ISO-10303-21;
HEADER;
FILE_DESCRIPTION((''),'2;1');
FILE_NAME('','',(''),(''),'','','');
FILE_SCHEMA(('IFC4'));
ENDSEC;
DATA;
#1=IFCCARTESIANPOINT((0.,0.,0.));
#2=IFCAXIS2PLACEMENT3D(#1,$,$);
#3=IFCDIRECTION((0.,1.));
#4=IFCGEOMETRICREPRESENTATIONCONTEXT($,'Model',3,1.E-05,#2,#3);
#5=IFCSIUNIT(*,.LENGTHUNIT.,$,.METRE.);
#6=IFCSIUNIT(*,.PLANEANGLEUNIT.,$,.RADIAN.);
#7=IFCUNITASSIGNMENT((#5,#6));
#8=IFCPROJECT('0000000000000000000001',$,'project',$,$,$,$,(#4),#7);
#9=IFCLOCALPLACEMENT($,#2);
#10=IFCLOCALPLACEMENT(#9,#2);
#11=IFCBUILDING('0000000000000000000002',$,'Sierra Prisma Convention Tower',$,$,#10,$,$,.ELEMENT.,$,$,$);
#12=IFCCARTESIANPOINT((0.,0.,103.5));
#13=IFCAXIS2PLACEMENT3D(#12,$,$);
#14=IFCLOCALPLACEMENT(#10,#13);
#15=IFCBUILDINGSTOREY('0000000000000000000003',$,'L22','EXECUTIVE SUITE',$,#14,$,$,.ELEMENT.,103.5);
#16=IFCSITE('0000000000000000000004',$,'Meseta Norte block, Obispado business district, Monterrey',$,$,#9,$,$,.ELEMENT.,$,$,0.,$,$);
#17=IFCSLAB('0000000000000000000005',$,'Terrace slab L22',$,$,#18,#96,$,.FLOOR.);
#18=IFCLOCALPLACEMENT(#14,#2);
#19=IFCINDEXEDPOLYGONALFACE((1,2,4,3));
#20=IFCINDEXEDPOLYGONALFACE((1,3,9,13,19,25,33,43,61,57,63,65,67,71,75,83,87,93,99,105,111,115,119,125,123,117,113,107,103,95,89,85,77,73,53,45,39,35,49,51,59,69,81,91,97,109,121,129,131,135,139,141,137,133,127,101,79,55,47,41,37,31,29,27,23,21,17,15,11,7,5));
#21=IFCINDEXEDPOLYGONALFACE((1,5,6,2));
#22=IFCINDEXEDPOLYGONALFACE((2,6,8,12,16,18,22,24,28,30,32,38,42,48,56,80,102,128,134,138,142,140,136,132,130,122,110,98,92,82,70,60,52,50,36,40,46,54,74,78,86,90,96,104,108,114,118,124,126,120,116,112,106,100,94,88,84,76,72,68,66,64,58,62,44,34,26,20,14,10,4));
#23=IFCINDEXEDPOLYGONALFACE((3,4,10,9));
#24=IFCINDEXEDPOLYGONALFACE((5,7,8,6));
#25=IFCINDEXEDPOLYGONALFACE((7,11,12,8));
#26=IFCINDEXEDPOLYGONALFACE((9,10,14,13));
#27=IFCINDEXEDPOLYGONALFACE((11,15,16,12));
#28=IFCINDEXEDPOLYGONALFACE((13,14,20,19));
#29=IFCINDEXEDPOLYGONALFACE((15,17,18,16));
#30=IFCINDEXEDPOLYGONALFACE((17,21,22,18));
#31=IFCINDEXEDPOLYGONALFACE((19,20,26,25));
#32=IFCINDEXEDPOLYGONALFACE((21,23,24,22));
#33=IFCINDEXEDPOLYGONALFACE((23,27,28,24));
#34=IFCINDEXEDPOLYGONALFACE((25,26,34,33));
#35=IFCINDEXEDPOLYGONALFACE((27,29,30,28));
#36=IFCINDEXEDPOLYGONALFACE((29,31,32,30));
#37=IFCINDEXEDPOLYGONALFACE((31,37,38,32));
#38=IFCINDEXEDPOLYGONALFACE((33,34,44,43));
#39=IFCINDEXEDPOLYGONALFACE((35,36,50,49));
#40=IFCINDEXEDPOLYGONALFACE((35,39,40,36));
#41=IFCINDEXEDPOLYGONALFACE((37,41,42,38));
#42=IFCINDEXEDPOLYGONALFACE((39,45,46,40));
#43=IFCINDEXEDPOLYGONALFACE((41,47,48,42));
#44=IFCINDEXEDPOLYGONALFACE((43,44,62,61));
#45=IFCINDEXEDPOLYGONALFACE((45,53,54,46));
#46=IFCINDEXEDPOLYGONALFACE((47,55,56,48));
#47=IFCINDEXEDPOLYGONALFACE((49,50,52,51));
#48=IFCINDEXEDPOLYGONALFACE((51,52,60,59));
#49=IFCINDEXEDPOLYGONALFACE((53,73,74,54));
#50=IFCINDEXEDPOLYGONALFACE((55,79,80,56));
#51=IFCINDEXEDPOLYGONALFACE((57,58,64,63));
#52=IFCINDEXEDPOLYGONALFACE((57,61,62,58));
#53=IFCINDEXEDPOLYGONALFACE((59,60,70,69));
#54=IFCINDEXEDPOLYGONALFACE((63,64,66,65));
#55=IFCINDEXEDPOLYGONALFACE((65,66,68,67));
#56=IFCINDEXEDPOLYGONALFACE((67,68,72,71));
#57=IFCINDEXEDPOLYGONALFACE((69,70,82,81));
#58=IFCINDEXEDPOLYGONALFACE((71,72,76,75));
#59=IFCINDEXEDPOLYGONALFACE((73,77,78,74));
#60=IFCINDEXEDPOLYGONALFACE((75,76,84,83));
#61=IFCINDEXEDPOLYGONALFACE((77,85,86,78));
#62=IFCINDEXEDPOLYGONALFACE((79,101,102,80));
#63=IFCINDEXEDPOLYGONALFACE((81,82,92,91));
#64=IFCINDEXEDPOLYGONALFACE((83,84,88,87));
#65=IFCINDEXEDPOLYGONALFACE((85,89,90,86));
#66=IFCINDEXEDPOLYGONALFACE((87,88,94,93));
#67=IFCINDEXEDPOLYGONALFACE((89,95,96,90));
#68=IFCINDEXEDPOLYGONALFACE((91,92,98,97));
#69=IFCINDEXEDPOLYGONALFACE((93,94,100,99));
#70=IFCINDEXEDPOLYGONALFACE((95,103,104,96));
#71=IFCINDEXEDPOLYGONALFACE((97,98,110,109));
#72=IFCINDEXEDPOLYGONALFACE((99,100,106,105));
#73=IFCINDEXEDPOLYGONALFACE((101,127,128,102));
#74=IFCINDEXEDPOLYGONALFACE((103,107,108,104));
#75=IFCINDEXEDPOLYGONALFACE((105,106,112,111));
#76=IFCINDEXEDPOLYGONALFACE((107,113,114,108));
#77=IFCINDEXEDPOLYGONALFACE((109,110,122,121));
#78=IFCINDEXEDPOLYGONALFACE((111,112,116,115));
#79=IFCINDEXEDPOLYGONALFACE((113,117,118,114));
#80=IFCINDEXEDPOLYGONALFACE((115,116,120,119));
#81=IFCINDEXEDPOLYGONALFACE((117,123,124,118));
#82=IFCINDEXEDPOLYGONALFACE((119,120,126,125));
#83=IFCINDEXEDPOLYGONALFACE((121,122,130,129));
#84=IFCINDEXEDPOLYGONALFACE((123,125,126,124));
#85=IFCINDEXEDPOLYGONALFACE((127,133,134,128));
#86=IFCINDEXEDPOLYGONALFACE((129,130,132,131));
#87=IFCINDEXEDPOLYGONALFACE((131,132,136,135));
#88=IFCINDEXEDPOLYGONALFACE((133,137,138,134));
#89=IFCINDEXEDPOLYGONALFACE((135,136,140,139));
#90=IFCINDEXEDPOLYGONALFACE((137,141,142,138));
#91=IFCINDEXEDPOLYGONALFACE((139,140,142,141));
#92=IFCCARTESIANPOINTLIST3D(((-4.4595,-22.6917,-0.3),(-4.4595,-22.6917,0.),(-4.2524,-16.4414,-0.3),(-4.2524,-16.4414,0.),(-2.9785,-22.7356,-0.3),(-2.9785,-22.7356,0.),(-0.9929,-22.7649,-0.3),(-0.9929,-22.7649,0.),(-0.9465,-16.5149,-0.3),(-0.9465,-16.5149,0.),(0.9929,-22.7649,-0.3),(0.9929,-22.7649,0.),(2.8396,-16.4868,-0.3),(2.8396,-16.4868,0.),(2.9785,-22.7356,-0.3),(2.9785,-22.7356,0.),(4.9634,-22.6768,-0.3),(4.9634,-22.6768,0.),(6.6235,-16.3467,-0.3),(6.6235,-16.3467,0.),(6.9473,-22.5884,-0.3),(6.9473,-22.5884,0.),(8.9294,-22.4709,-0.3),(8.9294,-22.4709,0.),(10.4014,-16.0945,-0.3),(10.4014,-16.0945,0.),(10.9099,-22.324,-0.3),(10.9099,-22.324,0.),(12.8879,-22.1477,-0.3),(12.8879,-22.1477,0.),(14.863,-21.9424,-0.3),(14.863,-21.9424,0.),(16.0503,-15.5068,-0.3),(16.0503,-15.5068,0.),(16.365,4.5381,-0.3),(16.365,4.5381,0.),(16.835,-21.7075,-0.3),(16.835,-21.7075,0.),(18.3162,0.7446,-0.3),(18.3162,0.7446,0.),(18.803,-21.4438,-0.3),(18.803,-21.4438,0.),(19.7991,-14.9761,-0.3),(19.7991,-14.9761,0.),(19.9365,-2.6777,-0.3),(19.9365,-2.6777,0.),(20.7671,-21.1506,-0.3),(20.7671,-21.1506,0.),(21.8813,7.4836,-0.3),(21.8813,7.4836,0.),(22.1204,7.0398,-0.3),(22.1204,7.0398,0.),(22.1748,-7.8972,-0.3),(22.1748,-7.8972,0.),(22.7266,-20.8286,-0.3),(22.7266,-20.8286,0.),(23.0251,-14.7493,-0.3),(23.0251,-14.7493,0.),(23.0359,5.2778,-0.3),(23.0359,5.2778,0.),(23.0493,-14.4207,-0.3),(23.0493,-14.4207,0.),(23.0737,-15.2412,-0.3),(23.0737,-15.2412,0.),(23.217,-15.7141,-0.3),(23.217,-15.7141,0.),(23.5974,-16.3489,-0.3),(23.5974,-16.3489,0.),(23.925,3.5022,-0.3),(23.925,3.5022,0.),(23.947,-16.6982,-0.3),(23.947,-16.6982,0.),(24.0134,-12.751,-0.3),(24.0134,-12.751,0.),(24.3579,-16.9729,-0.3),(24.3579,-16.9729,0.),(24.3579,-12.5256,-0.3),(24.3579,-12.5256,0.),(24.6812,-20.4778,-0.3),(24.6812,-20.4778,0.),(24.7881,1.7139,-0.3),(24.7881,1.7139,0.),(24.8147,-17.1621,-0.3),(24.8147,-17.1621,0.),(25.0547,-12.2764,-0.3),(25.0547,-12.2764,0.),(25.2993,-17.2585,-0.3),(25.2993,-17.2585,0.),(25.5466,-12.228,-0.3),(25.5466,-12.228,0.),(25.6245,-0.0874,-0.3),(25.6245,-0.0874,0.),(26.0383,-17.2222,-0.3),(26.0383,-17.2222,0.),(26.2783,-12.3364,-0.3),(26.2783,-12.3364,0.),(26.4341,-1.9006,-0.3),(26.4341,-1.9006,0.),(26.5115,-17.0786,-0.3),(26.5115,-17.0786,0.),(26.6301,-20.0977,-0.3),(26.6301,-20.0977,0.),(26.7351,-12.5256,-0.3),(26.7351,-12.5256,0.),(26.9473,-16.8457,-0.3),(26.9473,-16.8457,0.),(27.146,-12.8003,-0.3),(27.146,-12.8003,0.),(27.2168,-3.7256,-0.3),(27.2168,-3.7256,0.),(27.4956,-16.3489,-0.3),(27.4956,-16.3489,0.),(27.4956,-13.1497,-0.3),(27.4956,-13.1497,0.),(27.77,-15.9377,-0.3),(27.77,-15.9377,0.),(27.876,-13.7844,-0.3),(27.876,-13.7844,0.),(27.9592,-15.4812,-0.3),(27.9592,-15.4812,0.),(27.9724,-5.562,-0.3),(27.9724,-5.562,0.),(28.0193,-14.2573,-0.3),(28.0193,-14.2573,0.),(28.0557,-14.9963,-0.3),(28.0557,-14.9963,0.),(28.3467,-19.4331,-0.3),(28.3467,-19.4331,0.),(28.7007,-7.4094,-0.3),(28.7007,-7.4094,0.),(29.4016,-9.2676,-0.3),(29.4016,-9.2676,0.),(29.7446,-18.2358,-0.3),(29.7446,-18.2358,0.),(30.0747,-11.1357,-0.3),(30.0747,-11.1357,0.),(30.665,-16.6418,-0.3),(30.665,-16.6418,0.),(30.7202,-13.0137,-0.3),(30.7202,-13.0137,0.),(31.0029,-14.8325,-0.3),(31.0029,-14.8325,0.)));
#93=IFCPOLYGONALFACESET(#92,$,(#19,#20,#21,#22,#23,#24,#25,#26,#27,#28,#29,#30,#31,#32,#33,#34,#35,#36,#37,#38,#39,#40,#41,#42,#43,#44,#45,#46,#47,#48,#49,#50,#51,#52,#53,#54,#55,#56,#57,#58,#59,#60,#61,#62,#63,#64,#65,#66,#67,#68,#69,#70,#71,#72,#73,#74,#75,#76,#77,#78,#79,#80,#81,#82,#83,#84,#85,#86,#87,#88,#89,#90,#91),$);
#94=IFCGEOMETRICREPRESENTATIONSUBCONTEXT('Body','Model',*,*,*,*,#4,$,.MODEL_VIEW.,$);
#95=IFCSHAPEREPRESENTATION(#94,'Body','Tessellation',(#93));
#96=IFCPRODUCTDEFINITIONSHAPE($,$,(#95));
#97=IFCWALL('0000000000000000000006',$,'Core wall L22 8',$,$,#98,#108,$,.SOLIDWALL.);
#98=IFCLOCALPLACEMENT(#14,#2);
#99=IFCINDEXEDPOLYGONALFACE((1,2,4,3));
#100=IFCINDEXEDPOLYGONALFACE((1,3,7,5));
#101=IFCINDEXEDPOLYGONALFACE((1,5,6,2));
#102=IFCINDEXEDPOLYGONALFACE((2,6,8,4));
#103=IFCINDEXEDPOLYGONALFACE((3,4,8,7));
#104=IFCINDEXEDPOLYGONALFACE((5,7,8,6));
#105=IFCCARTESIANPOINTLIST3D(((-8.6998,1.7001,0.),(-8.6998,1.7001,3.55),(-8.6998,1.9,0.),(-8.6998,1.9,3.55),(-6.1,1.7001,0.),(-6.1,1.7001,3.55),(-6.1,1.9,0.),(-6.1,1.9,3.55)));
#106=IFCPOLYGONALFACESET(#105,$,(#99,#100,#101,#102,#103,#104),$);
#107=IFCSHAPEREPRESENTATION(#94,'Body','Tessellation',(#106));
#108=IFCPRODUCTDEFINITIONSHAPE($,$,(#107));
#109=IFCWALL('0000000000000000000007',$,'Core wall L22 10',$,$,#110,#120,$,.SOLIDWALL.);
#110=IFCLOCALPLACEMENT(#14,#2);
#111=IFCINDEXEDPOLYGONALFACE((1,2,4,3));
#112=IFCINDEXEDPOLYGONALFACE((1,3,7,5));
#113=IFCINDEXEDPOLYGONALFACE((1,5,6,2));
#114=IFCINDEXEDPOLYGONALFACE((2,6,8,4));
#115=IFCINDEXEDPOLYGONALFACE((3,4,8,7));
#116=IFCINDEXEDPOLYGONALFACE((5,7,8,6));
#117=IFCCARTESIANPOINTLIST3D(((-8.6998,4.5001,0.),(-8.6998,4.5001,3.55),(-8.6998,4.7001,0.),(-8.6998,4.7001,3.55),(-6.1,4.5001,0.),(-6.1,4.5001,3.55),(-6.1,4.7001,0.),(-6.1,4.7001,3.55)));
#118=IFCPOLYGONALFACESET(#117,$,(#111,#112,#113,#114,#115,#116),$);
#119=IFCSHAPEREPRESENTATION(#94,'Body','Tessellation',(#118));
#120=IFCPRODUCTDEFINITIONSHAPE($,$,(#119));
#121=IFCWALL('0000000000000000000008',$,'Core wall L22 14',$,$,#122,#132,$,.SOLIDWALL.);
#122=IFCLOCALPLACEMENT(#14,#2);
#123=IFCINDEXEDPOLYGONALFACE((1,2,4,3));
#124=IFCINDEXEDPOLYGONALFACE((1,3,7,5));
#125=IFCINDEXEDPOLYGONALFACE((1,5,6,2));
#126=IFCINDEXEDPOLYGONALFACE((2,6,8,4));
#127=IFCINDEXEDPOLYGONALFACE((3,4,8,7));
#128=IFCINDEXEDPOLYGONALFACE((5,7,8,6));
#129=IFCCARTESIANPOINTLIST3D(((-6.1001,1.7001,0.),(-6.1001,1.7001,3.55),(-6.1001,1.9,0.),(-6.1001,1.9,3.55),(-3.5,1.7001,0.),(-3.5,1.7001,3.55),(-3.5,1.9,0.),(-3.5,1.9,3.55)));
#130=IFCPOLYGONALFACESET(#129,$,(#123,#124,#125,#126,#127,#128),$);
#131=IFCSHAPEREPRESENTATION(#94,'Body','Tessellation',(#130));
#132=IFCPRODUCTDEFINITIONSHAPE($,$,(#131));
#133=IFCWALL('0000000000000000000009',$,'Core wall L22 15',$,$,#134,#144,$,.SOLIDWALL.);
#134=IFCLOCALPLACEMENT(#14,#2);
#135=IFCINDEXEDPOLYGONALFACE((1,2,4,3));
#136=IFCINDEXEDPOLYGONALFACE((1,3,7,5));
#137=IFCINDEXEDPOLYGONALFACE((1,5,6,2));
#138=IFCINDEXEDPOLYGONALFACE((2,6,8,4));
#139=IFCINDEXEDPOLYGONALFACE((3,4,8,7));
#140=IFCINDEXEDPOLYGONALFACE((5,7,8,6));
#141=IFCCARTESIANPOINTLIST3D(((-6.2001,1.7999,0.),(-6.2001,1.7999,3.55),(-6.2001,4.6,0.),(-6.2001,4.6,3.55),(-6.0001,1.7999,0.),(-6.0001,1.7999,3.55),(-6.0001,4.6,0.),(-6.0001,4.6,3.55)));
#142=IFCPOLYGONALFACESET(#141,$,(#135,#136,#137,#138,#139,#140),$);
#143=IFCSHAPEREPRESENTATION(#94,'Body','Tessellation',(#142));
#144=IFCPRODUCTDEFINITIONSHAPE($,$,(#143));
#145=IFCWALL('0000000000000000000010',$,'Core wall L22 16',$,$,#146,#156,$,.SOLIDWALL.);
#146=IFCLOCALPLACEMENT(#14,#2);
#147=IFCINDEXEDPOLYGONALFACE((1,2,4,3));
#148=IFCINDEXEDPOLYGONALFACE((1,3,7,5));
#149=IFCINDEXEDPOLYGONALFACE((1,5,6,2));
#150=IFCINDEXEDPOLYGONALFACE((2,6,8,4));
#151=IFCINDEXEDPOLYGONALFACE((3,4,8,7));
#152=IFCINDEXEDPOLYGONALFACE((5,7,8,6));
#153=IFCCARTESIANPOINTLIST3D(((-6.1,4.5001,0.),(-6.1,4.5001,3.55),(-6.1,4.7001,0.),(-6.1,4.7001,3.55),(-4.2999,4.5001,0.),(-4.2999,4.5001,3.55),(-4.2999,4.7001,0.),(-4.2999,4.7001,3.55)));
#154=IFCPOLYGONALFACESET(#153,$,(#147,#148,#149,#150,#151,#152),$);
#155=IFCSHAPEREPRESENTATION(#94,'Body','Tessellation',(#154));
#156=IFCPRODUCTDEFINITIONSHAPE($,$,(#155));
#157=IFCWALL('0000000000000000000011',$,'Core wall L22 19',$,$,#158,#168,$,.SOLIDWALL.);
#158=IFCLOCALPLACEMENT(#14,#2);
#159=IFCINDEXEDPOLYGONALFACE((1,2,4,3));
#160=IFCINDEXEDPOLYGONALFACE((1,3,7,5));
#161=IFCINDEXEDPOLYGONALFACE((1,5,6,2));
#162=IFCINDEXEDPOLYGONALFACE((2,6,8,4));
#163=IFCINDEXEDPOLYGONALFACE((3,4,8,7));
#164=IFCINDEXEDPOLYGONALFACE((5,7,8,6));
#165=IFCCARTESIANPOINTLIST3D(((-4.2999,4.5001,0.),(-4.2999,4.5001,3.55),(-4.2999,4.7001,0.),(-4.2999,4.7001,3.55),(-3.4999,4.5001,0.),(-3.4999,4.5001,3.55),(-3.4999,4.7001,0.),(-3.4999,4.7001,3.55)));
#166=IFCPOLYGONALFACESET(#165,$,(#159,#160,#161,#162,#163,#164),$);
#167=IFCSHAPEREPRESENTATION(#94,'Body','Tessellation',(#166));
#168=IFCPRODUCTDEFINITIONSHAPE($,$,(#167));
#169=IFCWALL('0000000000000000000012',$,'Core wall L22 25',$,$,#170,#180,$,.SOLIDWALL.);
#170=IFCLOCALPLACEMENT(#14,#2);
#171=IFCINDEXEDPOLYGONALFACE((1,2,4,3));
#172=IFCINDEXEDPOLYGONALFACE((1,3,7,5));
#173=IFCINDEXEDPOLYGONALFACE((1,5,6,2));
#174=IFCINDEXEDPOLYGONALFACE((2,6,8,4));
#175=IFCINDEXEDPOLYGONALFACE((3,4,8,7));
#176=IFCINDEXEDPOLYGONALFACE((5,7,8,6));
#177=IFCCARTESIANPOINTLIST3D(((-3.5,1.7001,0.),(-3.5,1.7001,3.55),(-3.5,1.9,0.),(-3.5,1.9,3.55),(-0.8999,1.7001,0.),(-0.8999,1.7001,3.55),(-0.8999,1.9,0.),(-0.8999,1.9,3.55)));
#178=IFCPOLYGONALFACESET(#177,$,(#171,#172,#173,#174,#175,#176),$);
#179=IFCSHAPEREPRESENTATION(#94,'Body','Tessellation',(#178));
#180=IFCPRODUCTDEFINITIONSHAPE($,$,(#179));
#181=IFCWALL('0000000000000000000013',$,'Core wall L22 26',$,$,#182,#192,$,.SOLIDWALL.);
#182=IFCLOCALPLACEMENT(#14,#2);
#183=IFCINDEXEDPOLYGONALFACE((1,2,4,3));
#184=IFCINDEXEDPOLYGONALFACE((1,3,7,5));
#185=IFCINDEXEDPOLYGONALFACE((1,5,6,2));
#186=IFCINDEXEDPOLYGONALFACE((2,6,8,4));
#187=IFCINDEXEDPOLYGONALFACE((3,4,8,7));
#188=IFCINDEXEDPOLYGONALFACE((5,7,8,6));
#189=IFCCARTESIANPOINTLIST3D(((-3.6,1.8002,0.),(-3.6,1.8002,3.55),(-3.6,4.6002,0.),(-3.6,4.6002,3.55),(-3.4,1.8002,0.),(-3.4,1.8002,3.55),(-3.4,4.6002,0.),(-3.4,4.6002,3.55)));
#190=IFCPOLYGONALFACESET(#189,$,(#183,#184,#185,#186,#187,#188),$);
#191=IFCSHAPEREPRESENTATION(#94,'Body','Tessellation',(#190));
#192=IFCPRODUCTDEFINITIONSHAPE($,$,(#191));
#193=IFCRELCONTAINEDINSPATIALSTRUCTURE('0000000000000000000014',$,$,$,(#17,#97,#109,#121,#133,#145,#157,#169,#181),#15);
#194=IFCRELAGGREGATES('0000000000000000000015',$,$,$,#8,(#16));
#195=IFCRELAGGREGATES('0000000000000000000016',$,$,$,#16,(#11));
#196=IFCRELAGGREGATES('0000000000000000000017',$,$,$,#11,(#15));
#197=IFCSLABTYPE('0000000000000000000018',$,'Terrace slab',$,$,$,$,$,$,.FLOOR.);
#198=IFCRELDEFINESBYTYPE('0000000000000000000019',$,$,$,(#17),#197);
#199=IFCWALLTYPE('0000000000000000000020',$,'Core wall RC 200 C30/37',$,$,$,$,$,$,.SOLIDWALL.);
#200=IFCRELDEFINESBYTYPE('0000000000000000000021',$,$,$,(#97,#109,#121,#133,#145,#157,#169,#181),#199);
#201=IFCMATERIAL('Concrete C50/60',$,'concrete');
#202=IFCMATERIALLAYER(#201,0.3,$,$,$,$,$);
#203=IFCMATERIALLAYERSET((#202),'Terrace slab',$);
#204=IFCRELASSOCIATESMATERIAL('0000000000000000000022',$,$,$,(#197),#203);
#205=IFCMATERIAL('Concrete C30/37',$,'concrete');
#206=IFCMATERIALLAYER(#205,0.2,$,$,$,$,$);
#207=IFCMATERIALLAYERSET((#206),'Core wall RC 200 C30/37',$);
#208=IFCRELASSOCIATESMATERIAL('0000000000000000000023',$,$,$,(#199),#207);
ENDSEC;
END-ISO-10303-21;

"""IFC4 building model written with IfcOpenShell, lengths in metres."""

from ifc_helpers import new_model, si_unit, direction, frame, frame_2d, origin, place, context, subcontext, project, spatial, polyline, rectangle, outline, extrude, material, layer, layer_set, type_object, element, save


model = new_model("IFC4")

# Units and contexts
model_context = context("Model", 3, precision=1e-05, world=origin(), true_north=direction((0.0, 1.0)))
body_context = subcontext(model_context, "Body", "Model", "MODEL_VIEW")
ifc_project = project(units=[si_unit("LENGTHUNIT", "METRE"), si_unit("PLANEANGLEUNIT", "RADIAN")], contexts=[model_context])

# Site, building, storey
site_placement = place(None, origin())
site = spatial("IfcSite", under=ifc_project, at=site_placement, Name="Meseta Norte block, Obispado business district, Monterrey", CompositionType="ELEMENT", RefElevation=0.0)
building_placement = place(site_placement, origin())
building = spatial("IfcBuilding", under=site, at=building_placement, Name="Sierra Prisma Convention Tower", CompositionType="ELEMENT")
storey_placement = place(building_placement, frame((0.0, 0.0, 103.5)))
storey = spatial("IfcBuildingStorey", under=building, at=storey_placement, Name="L22", Description="EXECUTIVE SUITE", CompositionType="ELEMENT", Elevation=103.5)

# Slab
ifc_material_1 = material(Name="Concrete C50/60", Category="concrete")
ifc_layer_1 = layer(ifc_material_1, 0.3)
ifc_layer_set_1 = layer_set([ifc_layer_1], Name="Terrace slab")
slab_type_1 = type_object("IfcSlabType", Name="Terrace slab", PredefinedType="FLOOR", material=ifc_layer_set_1)
slab_1_placement = place(storey_placement, frame((0.0, 0.0, -0.3)))
element("IfcSlab", 1, at=slab_1_placement, inside=storey, type_object=slab_type_1, Name="Terrace slab L22", PredefinedType="FLOOR", context=body_context, shape_type="SweptSolid", body=[
    extrude(outline(polyline([(-4.4595, -22.6917), (-2.9785, -22.7356), (-0.9929, -22.7649), (0.9929, -22.7649), (2.9785, -22.7356), (4.9634, -22.6768), (6.9473, -22.5884), (8.9294, -22.4709), (10.9099, -22.324), (12.8879, -22.1477), (14.863, -21.9424), (16.835, -21.7075), (18.803, -21.4438), (20.7671, -21.1506), (22.7266, -20.8286), (24.6812, -20.4778), (26.6301, -20.0977), (28.3467, -19.4331), (29.7446, -18.2358), (30.665, -16.6418), (31.0029, -14.8325), (30.7202, -13.0137), (30.0747, -11.1357), (29.4016, -9.2676), (28.7007, -7.4094), (27.9724, -5.562), (27.2168, -3.7256), (26.4341, -1.9006), (25.6245, -0.0874), (24.7881, 1.7139), (23.925, 3.5022), (23.0359, 5.2778), (22.1204, 7.0398), (21.8813, 7.4836), (16.365, 4.5381), (18.3162, 0.7446), (19.9365, -2.6777), (22.1748, -7.8972), (24.0134, -12.751), (24.3579, -12.5256), (25.0547, -12.2764), (25.5466, -12.228), (26.2783, -12.3364), (26.7351, -12.5256), (27.146, -12.8003), (27.4956, -13.1497), (27.876, -13.7844), (28.0193, -14.2573), (28.0557, -14.9963), (27.9592, -15.4812), (27.77, -15.9377), (27.4956, -16.3489), (26.9473, -16.8457), (26.5115, -17.0786), (26.0383, -17.2222), (25.2993, -17.2585), (24.8147, -17.1621), (24.3579, -16.9729), (23.947, -16.6982), (23.5974, -16.3489), (23.217, -15.7141), (23.0737, -15.2412), (23.0251, -14.7493), (23.0493, -14.4207), (19.7991, -14.9761), (16.0503, -15.5068), (10.4014, -16.0945), (6.6235, -16.3467), (2.8396, -16.4868), (-0.9465, -16.5149), (-4.2524, -16.4414), (-4.4595, -22.6917)])), origin(), (0.0, 0.0, 1.0), 0.3),
])

# Walls
ifc_material_2 = material(Name="Concrete C30/37", Category="concrete")
ifc_layer_2 = layer(ifc_material_2, 0.2)
ifc_layer_set_2 = layer_set([ifc_layer_2], Name="Core wall RC 200 C30/37")
wall_type = type_object("IfcWallType", Name="Core wall RC 200 C30/37", PredefinedType="SOLIDWALL", material=ifc_layer_set_2)
for number, where, z_axis, x_axis, name in (
    (2, (-6.1001, 1.8, 0.0), (0.0, 0.0, 1.0), (-1.0, 0.0, 0.0), "Core wall L22 8"),
    (3, (-6.1001, 4.6001, 0.0), (0.0, 0.0, 1.0), (-1.0, 0.0, 0.0), "Core wall L22 10"),
):
    element("IfcWall", number, at=place(storey_placement, frame(where, z_axis=z_axis, x_axis=x_axis)), inside=storey, type_object=wall_type, Name=name, PredefinedType="SOLIDWALL", context=body_context, shape_type="SweptSolid", body=[
        extrude(rectangle(XDim=2.5999, YDim=0.2, at=frame_2d((1.2998, 0.0))), origin(), (0.0, 0.0, 1.0), 3.55),
    ])

# Walls
wall_1_placement = place(storey_placement, frame((-3.5, 1.8, 0.0), z_axis=(0.0, 0.0, 1.0), x_axis=(-1.0, 0.0, 0.0)))
element("IfcWall", 4, at=wall_1_placement, inside=storey, type_object=wall_type, Name="Core wall L22 14", PredefinedType="SOLIDWALL", context=body_context, shape_type="SweptSolid", body=[
    extrude(rectangle(XDim=2.6001, YDim=0.2, at=frame_2d((1.3, 0.0))), origin(), (0.0, 0.0, 1.0), 3.55),
])
wall_2_placement = place(storey_placement, frame((-6.1001, 1.8, 0.0), z_axis=(0.0, 0.0, 1.0), x_axis=(0.0, 1.0, 0.0)))
element("IfcWall", 5, at=wall_2_placement, inside=storey, type_object=wall_type, Name="Core wall L22 15", PredefinedType="SOLIDWALL", context=body_context, shape_type="SweptSolid", body=[
    extrude(rectangle(XDim=2.8, YDim=0.2, at=frame_2d((1.3999, 0.0))), origin(), (0.0, 0.0, 1.0), 3.55),
])
wall_3_placement = place(storey_placement, frame((-4.3, 4.6001, 0.0), z_axis=(0.0, 0.0, 1.0), x_axis=(-1.0, 0.0, 0.0)))
element("IfcWall", 6, at=wall_3_placement, inside=storey, type_object=wall_type, Name="Core wall L22 16", PredefinedType="SOLIDWALL", context=body_context, shape_type="SweptSolid", body=[
    extrude(rectangle(XDim=1.8, YDim=0.2, at=frame_2d((0.8999, 0.0))), origin(), (0.0, 0.0, 1.0), 3.55),
])
wall_4_placement = place(storey_placement, frame((-3.5, 4.6001, 0.0), z_axis=(0.0, 0.0, 1.0), x_axis=(-1.0, 0.0, 0.0)))
element("IfcWall", 7, at=wall_4_placement, inside=storey, type_object=wall_type, Name="Core wall L22 19", PredefinedType="SOLIDWALL", context=body_context, shape_type="SweptSolid", body=[
    extrude(rectangle(XDim=0.8, YDim=0.2, at=frame_2d((0.3999, 0.0))), origin(), (0.0, 0.0, 1.0), 3.55),
])

# Walls
wall_5_placement = place(storey_placement, frame((-0.8999, 1.8, 0.0), z_axis=(0.0, 0.0, 1.0), x_axis=(-1.0, 0.0, 0.0)))
element("IfcWall", 8, at=wall_5_placement, inside=storey, type_object=wall_type, Name="Core wall L22 25", PredefinedType="SOLIDWALL", context=body_context, shape_type="SweptSolid", body=[
    extrude(rectangle(XDim=2.6001, YDim=0.2, at=frame_2d((1.3, 0.0))), origin(), (0.0, 0.0, 1.0), 3.55),
])
wall_6_placement = place(storey_placement, frame((-3.5, 4.6001, 0.0), z_axis=(0.0, 0.0, 1.0), x_axis=(0.0, -1.0, 0.0)))
element("IfcWall", 9, at=wall_6_placement, inside=storey, type_object=wall_type, Name="Core wall L22 26", PredefinedType="SOLIDWALL", context=body_context, shape_type="SweptSolid", body=[
    extrude(rectangle(XDim=2.8, YDim=0.2, at=frame_2d((1.3999, 0.0))), origin(), (0.0, 0.0, 1.0), 3.55),
])

save(model, "model.ifc")
